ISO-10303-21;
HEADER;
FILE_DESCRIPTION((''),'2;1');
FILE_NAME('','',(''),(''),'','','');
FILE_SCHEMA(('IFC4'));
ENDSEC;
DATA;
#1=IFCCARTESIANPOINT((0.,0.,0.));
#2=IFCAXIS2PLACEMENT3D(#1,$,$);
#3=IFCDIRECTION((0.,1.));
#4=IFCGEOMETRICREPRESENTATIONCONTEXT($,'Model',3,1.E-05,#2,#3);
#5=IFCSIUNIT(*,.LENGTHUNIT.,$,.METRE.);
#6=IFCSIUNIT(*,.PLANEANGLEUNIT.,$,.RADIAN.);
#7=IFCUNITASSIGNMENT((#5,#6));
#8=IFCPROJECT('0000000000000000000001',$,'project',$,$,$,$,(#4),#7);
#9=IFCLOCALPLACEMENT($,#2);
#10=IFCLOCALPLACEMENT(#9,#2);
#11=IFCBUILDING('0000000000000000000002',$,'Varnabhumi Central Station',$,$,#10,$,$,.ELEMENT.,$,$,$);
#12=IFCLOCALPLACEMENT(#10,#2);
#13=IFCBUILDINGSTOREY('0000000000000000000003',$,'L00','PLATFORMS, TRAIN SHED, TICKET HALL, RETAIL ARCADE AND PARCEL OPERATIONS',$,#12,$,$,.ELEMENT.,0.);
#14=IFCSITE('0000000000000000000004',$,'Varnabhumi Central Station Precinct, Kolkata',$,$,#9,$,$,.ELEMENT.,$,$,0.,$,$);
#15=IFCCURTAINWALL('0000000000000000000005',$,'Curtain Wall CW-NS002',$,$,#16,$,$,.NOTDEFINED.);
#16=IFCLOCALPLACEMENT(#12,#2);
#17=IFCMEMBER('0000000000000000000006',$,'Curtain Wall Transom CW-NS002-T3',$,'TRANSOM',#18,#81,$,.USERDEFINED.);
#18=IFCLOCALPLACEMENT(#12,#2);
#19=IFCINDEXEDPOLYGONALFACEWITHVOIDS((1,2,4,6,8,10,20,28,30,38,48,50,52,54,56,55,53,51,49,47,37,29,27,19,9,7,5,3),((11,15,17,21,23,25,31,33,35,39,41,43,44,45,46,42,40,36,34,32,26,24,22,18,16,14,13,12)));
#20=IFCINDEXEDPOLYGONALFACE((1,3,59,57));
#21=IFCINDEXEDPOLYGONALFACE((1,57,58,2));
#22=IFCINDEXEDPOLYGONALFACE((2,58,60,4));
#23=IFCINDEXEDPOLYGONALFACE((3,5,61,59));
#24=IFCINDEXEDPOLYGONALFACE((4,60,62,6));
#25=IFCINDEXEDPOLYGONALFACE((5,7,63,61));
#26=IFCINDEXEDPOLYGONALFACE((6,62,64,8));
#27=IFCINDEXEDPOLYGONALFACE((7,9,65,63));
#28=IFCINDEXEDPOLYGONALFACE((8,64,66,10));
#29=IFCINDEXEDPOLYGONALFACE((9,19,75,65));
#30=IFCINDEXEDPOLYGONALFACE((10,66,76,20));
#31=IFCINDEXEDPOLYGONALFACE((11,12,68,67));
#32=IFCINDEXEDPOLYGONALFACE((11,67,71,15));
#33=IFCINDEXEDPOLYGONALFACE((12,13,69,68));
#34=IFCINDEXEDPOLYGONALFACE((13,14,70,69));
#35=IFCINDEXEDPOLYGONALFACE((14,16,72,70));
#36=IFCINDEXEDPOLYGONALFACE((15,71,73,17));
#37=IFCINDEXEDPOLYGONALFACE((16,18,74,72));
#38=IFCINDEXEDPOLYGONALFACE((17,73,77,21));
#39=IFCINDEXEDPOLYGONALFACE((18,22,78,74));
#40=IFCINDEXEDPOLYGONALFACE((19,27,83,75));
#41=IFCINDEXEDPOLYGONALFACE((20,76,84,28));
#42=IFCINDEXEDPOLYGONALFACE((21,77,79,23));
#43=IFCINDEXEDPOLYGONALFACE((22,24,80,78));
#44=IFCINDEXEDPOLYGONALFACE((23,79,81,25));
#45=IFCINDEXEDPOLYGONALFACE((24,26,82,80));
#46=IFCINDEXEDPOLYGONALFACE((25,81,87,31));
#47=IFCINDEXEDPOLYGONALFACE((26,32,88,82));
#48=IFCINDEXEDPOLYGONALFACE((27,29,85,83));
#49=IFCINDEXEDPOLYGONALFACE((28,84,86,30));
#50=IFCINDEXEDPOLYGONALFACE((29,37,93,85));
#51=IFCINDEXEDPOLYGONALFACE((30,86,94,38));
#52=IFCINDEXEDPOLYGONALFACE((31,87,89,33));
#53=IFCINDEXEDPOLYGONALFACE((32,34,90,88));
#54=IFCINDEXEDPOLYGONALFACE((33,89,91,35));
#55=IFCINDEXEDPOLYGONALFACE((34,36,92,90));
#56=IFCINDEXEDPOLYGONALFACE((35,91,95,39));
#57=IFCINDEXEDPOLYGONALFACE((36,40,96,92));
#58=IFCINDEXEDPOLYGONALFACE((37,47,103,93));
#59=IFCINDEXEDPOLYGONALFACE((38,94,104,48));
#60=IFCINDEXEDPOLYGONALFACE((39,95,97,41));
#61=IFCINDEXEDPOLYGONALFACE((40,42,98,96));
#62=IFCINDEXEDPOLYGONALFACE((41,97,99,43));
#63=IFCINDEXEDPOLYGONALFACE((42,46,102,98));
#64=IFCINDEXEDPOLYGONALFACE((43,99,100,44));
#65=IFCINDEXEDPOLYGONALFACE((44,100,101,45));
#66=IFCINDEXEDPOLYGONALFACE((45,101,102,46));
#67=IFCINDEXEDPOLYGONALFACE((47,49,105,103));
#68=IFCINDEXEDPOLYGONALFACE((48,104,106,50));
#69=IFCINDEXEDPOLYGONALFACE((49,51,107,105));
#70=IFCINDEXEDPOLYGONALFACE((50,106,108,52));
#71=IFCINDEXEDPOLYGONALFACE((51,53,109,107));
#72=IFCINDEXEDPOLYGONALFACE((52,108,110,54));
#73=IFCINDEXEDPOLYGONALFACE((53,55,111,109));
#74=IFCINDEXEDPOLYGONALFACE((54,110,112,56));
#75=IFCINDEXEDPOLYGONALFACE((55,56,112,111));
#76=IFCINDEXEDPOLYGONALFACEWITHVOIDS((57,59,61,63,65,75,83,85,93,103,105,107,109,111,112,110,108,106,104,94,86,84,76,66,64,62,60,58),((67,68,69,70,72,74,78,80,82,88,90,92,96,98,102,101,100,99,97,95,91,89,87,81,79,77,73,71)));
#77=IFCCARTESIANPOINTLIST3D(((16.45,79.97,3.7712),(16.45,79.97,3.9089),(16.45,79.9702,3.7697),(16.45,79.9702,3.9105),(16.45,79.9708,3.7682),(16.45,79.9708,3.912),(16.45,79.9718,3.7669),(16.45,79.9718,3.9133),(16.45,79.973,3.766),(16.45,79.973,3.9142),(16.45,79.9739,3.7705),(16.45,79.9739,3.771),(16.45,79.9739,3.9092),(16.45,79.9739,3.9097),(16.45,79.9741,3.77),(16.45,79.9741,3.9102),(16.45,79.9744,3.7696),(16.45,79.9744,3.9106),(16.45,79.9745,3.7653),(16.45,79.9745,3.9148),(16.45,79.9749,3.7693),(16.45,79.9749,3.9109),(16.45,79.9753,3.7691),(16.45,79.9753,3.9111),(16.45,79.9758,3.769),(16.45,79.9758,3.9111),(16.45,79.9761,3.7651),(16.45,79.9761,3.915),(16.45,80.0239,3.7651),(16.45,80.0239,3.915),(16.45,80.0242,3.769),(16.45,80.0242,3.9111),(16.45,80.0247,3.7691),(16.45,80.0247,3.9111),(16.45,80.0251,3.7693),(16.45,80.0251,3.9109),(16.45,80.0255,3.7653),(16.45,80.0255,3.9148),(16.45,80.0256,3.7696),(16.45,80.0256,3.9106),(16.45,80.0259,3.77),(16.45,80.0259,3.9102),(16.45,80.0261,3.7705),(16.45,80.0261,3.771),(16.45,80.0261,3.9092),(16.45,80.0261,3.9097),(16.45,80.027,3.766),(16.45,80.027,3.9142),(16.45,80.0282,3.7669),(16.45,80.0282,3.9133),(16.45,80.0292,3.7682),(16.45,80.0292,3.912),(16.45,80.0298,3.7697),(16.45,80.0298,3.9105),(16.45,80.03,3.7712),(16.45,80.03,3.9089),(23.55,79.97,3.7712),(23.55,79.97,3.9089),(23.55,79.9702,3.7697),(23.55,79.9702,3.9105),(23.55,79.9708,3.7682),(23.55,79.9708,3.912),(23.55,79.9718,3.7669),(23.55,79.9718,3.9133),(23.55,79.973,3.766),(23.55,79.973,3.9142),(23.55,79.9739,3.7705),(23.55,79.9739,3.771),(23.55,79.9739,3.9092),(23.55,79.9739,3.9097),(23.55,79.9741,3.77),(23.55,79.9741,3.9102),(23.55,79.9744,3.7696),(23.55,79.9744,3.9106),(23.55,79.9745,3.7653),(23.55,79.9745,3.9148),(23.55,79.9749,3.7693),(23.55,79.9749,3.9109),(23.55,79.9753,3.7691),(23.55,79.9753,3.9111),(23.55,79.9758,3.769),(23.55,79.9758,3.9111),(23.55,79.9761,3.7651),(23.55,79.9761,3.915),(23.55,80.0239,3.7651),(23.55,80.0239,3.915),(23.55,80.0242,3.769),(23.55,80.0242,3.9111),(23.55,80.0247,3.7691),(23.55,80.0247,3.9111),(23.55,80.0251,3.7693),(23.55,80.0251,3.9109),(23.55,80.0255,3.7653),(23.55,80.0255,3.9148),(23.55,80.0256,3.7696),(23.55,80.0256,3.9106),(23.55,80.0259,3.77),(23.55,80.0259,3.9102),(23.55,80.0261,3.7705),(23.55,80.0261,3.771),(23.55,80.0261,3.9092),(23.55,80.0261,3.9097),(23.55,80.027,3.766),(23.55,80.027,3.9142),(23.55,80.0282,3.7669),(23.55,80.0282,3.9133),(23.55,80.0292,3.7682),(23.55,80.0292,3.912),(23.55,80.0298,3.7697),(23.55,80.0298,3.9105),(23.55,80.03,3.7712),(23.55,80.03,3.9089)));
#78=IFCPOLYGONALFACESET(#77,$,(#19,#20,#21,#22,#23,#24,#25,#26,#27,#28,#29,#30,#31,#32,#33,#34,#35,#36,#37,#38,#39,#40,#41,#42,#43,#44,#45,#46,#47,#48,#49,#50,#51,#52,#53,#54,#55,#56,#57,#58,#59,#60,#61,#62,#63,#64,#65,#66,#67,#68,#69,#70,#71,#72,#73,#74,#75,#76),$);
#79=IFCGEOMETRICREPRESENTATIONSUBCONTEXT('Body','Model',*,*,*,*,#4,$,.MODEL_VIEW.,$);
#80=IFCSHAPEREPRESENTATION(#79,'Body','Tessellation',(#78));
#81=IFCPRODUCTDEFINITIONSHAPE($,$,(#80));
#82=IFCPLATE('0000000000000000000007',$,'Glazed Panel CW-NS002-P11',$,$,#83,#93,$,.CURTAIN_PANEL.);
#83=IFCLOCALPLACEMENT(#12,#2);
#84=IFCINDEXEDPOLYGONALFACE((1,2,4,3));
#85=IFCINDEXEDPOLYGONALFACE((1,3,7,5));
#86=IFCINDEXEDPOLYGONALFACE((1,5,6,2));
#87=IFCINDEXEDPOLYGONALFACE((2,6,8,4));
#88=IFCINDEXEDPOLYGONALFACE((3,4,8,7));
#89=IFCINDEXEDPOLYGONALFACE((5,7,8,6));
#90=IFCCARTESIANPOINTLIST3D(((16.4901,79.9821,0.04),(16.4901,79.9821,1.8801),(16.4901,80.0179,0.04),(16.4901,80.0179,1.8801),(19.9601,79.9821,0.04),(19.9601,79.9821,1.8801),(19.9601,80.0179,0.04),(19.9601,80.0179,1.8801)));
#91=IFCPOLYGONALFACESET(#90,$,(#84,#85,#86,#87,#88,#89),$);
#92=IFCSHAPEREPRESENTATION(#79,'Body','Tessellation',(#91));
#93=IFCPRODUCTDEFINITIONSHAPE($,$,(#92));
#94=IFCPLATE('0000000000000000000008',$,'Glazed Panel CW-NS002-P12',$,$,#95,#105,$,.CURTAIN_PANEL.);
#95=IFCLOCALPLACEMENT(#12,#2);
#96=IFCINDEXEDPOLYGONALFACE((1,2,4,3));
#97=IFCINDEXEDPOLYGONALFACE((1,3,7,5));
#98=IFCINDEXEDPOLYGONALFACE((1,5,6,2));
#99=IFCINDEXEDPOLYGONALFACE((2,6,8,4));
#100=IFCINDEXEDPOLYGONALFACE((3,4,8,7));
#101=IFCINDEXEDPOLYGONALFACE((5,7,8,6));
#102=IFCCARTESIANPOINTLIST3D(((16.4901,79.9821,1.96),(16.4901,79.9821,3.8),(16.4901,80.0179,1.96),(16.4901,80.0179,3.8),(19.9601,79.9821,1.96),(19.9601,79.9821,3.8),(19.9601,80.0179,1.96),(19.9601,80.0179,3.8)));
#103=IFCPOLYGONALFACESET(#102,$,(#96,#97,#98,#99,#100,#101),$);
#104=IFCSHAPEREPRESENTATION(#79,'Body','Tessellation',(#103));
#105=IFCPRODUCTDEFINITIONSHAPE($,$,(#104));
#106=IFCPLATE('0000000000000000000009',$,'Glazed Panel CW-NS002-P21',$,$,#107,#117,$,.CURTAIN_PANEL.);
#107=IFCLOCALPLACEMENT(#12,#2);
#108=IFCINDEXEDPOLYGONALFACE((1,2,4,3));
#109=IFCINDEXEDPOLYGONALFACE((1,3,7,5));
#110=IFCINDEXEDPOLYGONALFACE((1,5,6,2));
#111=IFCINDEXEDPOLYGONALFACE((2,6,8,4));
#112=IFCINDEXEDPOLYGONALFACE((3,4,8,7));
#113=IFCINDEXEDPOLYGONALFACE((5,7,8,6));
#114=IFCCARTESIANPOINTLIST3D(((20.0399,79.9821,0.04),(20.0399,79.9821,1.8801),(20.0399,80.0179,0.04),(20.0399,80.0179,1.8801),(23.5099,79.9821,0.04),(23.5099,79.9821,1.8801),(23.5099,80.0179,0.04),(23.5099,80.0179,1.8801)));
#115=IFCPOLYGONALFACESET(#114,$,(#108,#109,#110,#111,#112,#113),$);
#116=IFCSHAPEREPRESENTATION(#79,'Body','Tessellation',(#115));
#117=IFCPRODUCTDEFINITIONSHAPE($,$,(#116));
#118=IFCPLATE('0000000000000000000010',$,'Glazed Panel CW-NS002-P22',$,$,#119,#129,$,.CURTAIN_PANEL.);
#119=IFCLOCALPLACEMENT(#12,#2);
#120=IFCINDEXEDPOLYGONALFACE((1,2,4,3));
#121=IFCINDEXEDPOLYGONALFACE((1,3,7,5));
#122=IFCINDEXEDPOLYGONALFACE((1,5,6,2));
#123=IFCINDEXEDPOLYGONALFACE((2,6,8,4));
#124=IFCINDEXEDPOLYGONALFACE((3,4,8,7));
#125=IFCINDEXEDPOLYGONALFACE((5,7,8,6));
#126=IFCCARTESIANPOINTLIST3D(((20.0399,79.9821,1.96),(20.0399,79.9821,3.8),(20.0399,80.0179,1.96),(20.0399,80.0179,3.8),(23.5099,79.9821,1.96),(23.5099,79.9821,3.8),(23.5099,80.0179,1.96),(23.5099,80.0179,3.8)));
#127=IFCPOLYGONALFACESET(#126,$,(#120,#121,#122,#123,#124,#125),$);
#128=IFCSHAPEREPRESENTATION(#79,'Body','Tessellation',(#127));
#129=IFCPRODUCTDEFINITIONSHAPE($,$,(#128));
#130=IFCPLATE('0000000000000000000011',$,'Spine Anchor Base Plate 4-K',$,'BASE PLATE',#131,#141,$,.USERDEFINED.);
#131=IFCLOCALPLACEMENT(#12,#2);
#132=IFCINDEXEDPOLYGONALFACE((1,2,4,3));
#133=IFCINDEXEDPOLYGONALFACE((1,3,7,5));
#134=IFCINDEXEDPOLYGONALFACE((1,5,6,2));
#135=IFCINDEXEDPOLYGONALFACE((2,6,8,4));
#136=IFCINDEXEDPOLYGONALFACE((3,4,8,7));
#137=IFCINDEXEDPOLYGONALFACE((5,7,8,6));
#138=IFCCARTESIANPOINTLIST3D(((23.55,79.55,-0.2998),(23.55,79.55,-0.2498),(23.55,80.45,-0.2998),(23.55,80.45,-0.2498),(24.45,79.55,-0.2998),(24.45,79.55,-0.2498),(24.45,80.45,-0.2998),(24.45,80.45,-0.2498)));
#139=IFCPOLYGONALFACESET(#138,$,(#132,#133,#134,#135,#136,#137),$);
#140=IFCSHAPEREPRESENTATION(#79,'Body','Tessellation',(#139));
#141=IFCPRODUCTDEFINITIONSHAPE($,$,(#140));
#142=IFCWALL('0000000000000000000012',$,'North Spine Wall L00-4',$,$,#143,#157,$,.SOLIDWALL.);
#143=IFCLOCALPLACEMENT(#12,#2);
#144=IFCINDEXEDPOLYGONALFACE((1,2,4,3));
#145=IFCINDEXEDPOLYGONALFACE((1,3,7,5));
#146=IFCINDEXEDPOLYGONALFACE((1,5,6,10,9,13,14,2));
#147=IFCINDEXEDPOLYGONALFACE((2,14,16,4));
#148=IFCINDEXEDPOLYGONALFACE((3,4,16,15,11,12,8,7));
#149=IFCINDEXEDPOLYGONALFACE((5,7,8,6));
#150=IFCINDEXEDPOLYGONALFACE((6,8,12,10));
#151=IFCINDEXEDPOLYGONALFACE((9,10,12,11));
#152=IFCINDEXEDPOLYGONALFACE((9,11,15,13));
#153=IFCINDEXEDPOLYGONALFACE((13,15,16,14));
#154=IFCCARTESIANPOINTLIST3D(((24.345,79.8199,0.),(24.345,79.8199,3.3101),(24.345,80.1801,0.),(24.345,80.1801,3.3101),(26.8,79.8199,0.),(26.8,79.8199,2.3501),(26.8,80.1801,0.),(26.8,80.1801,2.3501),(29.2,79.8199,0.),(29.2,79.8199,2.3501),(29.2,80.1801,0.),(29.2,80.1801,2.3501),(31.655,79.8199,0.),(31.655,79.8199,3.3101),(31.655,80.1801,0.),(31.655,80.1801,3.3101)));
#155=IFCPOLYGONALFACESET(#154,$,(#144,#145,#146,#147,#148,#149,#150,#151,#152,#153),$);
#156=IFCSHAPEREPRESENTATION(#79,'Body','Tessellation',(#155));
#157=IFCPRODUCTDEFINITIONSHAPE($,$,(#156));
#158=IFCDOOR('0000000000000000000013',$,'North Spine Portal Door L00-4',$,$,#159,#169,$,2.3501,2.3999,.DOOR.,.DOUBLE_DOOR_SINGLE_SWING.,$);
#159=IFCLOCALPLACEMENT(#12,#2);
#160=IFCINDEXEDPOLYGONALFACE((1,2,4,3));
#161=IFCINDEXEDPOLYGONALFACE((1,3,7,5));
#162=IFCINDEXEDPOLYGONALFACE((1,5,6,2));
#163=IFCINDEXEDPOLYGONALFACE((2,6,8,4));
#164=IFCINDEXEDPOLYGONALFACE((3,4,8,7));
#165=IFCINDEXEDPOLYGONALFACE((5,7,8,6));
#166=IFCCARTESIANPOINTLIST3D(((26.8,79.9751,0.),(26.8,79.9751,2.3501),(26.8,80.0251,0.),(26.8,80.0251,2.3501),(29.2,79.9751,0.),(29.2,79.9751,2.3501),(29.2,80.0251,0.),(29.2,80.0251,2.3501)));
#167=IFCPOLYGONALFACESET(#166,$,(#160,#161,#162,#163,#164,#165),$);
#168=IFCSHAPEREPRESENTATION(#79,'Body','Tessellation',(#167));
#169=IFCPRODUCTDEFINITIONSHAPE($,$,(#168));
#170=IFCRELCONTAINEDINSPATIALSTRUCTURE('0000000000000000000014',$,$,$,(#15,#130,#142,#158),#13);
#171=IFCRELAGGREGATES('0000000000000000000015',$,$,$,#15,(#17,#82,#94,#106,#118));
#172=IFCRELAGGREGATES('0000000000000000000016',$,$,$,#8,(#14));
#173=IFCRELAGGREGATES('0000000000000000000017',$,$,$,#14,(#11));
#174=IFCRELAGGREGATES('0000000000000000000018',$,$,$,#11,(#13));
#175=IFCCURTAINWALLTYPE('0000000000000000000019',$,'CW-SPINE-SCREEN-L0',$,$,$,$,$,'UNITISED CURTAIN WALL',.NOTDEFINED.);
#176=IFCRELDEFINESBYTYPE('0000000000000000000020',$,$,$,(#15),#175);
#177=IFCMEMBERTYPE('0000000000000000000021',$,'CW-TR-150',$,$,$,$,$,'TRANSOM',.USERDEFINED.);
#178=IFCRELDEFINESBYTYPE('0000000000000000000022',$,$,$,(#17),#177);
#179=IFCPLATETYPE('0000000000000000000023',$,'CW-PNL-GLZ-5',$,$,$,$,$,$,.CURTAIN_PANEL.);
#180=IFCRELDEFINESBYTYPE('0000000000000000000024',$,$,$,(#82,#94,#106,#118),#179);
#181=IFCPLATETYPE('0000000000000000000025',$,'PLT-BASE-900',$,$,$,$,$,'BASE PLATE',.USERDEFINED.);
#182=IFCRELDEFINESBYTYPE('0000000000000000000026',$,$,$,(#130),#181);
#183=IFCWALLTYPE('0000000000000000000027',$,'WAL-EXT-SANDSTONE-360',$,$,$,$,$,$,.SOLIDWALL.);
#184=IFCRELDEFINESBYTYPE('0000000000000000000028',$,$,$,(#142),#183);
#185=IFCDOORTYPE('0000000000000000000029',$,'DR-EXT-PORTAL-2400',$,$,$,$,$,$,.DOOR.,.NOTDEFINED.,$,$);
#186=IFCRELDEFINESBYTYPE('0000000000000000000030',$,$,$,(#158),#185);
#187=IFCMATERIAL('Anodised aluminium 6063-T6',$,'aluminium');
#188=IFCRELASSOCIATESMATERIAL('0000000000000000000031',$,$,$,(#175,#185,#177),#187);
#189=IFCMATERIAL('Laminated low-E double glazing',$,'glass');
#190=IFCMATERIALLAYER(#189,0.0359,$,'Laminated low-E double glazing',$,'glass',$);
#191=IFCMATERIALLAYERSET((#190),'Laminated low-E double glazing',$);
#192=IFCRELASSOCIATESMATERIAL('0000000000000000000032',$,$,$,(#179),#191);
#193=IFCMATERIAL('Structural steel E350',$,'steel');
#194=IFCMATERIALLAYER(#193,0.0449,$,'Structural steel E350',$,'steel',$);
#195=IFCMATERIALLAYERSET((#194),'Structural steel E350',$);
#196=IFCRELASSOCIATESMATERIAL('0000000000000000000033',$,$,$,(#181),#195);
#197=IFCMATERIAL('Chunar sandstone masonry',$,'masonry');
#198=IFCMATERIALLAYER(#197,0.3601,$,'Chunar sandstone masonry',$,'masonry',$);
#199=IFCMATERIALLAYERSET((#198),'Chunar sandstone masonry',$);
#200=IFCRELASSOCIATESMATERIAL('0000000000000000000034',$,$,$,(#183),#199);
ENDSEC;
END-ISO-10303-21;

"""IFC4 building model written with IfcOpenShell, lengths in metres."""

from ifc_helpers import new_model, si_unit, direction, frame, frame_2d, origin, origin_2d, place, context, subcontext, project, spatial, rectangle, hollow_rectangle, extrude, material, layer, layer_set, material_profile, profile_set, type_object, element, fill, aggregate, save


model = new_model("IFC4")

# Units and contexts
model_context = context("Model", 3, precision=1e-05, world=origin(), true_north=direction((0.0, 1.0)))
body_context = subcontext(model_context, "Body", "Model", "MODEL_VIEW")
ifc_project = project(units=[si_unit("LENGTHUNIT", "METRE"), si_unit("PLANEANGLEUNIT", "RADIAN")], contexts=[model_context])

# Site, building, storey
site_placement = place(None, origin())
site = spatial("IfcSite", under=ifc_project, at=site_placement, Name="Varnabhumi Central Station Precinct, Kolkata", CompositionType="ELEMENT", RefElevation=0.0)
building_placement = place(site_placement, origin())
building = spatial("IfcBuilding", under=site, at=building_placement, Name="Varnabhumi Central Station", CompositionType="ELEMENT")
storey_placement = place(building_placement, origin())
storey = spatial("IfcBuildingStorey", under=building, at=storey_placement, Name="L00", Description="PLATFORMS, TRAIN SHED, TICKET HALL, RETAIL ARCADE AND PARCEL OPERATIONS", CompositionType="ELEMENT", Elevation=0.0)

# Shared definitions
ifc_material_1 = material(Name="Structural steel E350", Category="steel")

# Curtain wall, member, plates
ifc_material_2 = material(Name="Anodised aluminium 6063-T6", Category="aluminium")
curtain_wall_type = type_object("IfcCurtainWallType", Name="CW-SPINE-SCREEN-L0", ElementType="UNITISED CURTAIN WALL", PredefinedType="NOTDEFINED", material=ifc_material_2)
curtain_wall_placement = place(storey_placement, origin())
curtain_wall = element("IfcCurtainWall", 1, at=curtain_wall_placement, inside=storey, type_object=curtain_wall_type, Name="Curtain Wall CW-NS002", PredefinedType="NOTDEFINED")
ifc_material_profile_1 = material_profile(ifc_material_2, hollow_rectangle(XDim=0.0601, YDim=0.1499, WallThickness=0.0039, InnerFilletRadius=0.002, OuterFilletRadius=0.0061, at=origin_2d()), Name="Anodised aluminium 6063-T6", Category="aluminium")
ifc_profile_set_1 = profile_set([ifc_material_profile_1], Name="Anodised aluminium 6063-T6")
member_type_1 = type_object("IfcMemberType", Name="CW-TR-150", ElementType="TRANSOM", PredefinedType="USERDEFINED", material=ifc_profile_set_1)
member_1_placement = place(storey_placement, frame((16.45, 80.0, 3.8401), z_axis=(1.0, 0.0, 0.0), x_axis=(0.0, 1.0, 0.0)))
member_1 = element("IfcMember", 2, at=member_1_placement, type_object=member_type_1, Name="Curtain Wall Transom CW-NS002-T3", ObjectType="TRANSOM", PredefinedType="USERDEFINED", context=body_context, shape_type="SweptSolid", body=[
    extrude(hollow_rectangle(XDim=0.0601, YDim=0.1499, WallThickness=0.0039, InnerFilletRadius=0.002, OuterFilletRadius=0.0061, at=origin_2d()), origin(), (0.0, 0.0, 1.0), 7.1001),
])
ifc_material_3 = material(Name="Laminated low-E double glazing", Category="glass")
ifc_layer_1 = layer(ifc_material_3, 0.0359, Name="Laminated low-E double glazing", Category="glass")
ifc_layer_set_1 = layer_set([ifc_layer_1], Name="Laminated low-E double glazing")
plate_type_1 = type_object("IfcPlateType", Name="CW-PNL-GLZ-5", PredefinedType="CURTAIN_PANEL", material=ifc_layer_set_1)
plate_1_placement = place(storey_placement, frame((18.2251, 80.0, 0.04), z_axis=(0.0, 0.0, 1.0), x_axis=(1.0, 0.0, 0.0)))
plate_1 = element("IfcPlate", 3, at=plate_1_placement, type_object=plate_type_1, Name="Glazed Panel CW-NS002-P11", PredefinedType="CURTAIN_PANEL", context=body_context, shape_type="SweptSolid", body=[
    extrude(rectangle(XDim=3.47, YDim=0.0359, at=origin_2d()), origin(), (0.0, 0.0, 1.0), 1.8401),
])
plate_2_placement = place(storey_placement, frame((18.2251, 80.0, 1.96), z_axis=(0.0, 0.0, 1.0), x_axis=(1.0, 0.0, 0.0)))
plate_2 = element("IfcPlate", 4, at=plate_2_placement, type_object=plate_type_1, Name="Glazed Panel CW-NS002-P12", PredefinedType="CURTAIN_PANEL", context=body_context, shape_type="SweptSolid", body=[
    extrude(rectangle(XDim=3.47, YDim=0.0359, at=origin_2d()), origin(), (0.0, 0.0, 1.0), 1.8401),
])
plate_3_placement = place(storey_placement, frame((21.7749, 80.0, 0.04), z_axis=(0.0, 0.0, 1.0), x_axis=(1.0, 0.0, 0.0)))
plate_3 = element("IfcPlate", 5, at=plate_3_placement, type_object=plate_type_1, Name="Glazed Panel CW-NS002-P21", PredefinedType="CURTAIN_PANEL", context=body_context, shape_type="SweptSolid", body=[
    extrude(rectangle(XDim=3.47, YDim=0.0359, at=origin_2d()), origin(), (0.0, 0.0, 1.0), 1.8401),
])
plate_4_placement = place(storey_placement, frame((21.7749, 80.0, 1.96), z_axis=(0.0, 0.0, 1.0), x_axis=(1.0, 0.0, 0.0)))
plate_4 = element("IfcPlate", 6, at=plate_4_placement, type_object=plate_type_1, Name="Glazed Panel CW-NS002-P22", PredefinedType="CURTAIN_PANEL", context=body_context, shape_type="SweptSolid", body=[
    extrude(rectangle(XDim=3.47, YDim=0.0359, at=origin_2d()), origin(), (0.0, 0.0, 1.0), 1.8401),
])
aggregate(curtain_wall, [member_1, plate_1, plate_2, plate_3, plate_4])

# Plate
ifc_layer_2 = layer(ifc_material_1, 0.0449, Name="Structural steel E350", Category="steel")
ifc_layer_set_2 = layer_set([ifc_layer_2], Name="Structural steel E350")
plate_type_2 = type_object("IfcPlateType", Name="PLT-BASE-900", ElementType="BASE PLATE", PredefinedType="USERDEFINED", material=ifc_layer_set_2)
plate_5_placement = place(storey_placement, frame((24.0, 80.0, -0.2998), z_axis=(0.0, 0.0, 1.0), x_axis=(1.0, 0.0, 0.0)))
element("IfcPlate", 7, at=plate_5_placement, inside=storey, type_object=plate_type_2, Name="Spine Anchor Base Plate 4-K", ObjectType="BASE PLATE", PredefinedType="USERDEFINED", context=body_context, shape_type="SweptSolid", body=[
    extrude(rectangle(XDim=0.8999, YDim=0.8999, at=origin_2d()), origin(), (0.0, 0.0, 1.0), 0.05),
])

# Wall, opening, door
ifc_material_4 = material(Name="Chunar sandstone masonry", Category="masonry")
ifc_layer_3 = layer(ifc_material_4, 0.3601, Name="Chunar sandstone masonry", Category="masonry")
ifc_layer_set_3 = layer_set([ifc_layer_3], Name="Chunar sandstone masonry")
wall_type = type_object("IfcWallType", Name="WAL-EXT-SANDSTONE-360", PredefinedType="SOLIDWALL", material=ifc_layer_set_3)
wall_1_placement = place(storey_placement, frame((24.345, 80.0, 0.0), z_axis=(0.0, 0.0, 1.0), x_axis=(1.0, 0.0, 0.0)))
wall_1 = element("IfcWall", 8, at=wall_1_placement, inside=storey, type_object=wall_type, Name="North Spine Wall L00-4", PredefinedType="SOLIDWALL", context=body_context, shape_type="SweptSolid", body=[
    extrude(rectangle(XDim=7.3101, YDim=0.3601, at=frame_2d((3.655, 0.0))), origin(), (0.0, 0.0, 1.0), 3.3101),
])
opening_1_placement = place(wall_1_placement, frame((2.4551, 0.0, 0.0)))
opening_1 = element("IfcOpeningElement", 9, at=opening_1_placement, cuts=wall_1, PredefinedType="OPENING", context=body_context, shape_type="SweptSolid", body=[
    extrude(rectangle(XDim=2.3999, YDim=2.3501, at=frame_2d((1.2, 1.175))), frame((0.0, 0.1899, 0.0), z_axis=(0.0, -1.0, 0.0), x_axis=(1.0, 0.0, 0.0)), (0.0, 0.0, 1.0), 0.3801),
])
door_type = type_object("IfcDoorType", Name="DR-EXT-PORTAL-2400", OperationType="NOTDEFINED", PredefinedType="DOOR", material=ifc_material_2)
door_1_placement = place(opening_1_placement, frame((2.3999, 0.0, 0.0), z_axis=(0.0, 0.0, 1.0), x_axis=(-1.0, 0.0, 0.0)))
door_1 = element("IfcDoor", 10, at=door_1_placement, inside=storey, type_object=door_type, Name="North Spine Portal Door L00-4", OperationType="DOUBLE_DOOR_SINGLE_SWING", OverallHeight=2.3501, OverallWidth=2.3999, PredefinedType="DOOR", context=body_context, shape_type="SweptSolid", body=[
    extrude(rectangle(XDim=2.3999, YDim=2.3501, at=frame_2d((1.2, 1.175))), frame((0.0, 0.0249, 0.0), z_axis=(0.0, -1.0, 0.0), x_axis=(1.0, 0.0, 0.0)), (0.0, 0.0, 1.0), 0.05),
])
fill(opening_1, door_1)

save(model, "model.ifc")
